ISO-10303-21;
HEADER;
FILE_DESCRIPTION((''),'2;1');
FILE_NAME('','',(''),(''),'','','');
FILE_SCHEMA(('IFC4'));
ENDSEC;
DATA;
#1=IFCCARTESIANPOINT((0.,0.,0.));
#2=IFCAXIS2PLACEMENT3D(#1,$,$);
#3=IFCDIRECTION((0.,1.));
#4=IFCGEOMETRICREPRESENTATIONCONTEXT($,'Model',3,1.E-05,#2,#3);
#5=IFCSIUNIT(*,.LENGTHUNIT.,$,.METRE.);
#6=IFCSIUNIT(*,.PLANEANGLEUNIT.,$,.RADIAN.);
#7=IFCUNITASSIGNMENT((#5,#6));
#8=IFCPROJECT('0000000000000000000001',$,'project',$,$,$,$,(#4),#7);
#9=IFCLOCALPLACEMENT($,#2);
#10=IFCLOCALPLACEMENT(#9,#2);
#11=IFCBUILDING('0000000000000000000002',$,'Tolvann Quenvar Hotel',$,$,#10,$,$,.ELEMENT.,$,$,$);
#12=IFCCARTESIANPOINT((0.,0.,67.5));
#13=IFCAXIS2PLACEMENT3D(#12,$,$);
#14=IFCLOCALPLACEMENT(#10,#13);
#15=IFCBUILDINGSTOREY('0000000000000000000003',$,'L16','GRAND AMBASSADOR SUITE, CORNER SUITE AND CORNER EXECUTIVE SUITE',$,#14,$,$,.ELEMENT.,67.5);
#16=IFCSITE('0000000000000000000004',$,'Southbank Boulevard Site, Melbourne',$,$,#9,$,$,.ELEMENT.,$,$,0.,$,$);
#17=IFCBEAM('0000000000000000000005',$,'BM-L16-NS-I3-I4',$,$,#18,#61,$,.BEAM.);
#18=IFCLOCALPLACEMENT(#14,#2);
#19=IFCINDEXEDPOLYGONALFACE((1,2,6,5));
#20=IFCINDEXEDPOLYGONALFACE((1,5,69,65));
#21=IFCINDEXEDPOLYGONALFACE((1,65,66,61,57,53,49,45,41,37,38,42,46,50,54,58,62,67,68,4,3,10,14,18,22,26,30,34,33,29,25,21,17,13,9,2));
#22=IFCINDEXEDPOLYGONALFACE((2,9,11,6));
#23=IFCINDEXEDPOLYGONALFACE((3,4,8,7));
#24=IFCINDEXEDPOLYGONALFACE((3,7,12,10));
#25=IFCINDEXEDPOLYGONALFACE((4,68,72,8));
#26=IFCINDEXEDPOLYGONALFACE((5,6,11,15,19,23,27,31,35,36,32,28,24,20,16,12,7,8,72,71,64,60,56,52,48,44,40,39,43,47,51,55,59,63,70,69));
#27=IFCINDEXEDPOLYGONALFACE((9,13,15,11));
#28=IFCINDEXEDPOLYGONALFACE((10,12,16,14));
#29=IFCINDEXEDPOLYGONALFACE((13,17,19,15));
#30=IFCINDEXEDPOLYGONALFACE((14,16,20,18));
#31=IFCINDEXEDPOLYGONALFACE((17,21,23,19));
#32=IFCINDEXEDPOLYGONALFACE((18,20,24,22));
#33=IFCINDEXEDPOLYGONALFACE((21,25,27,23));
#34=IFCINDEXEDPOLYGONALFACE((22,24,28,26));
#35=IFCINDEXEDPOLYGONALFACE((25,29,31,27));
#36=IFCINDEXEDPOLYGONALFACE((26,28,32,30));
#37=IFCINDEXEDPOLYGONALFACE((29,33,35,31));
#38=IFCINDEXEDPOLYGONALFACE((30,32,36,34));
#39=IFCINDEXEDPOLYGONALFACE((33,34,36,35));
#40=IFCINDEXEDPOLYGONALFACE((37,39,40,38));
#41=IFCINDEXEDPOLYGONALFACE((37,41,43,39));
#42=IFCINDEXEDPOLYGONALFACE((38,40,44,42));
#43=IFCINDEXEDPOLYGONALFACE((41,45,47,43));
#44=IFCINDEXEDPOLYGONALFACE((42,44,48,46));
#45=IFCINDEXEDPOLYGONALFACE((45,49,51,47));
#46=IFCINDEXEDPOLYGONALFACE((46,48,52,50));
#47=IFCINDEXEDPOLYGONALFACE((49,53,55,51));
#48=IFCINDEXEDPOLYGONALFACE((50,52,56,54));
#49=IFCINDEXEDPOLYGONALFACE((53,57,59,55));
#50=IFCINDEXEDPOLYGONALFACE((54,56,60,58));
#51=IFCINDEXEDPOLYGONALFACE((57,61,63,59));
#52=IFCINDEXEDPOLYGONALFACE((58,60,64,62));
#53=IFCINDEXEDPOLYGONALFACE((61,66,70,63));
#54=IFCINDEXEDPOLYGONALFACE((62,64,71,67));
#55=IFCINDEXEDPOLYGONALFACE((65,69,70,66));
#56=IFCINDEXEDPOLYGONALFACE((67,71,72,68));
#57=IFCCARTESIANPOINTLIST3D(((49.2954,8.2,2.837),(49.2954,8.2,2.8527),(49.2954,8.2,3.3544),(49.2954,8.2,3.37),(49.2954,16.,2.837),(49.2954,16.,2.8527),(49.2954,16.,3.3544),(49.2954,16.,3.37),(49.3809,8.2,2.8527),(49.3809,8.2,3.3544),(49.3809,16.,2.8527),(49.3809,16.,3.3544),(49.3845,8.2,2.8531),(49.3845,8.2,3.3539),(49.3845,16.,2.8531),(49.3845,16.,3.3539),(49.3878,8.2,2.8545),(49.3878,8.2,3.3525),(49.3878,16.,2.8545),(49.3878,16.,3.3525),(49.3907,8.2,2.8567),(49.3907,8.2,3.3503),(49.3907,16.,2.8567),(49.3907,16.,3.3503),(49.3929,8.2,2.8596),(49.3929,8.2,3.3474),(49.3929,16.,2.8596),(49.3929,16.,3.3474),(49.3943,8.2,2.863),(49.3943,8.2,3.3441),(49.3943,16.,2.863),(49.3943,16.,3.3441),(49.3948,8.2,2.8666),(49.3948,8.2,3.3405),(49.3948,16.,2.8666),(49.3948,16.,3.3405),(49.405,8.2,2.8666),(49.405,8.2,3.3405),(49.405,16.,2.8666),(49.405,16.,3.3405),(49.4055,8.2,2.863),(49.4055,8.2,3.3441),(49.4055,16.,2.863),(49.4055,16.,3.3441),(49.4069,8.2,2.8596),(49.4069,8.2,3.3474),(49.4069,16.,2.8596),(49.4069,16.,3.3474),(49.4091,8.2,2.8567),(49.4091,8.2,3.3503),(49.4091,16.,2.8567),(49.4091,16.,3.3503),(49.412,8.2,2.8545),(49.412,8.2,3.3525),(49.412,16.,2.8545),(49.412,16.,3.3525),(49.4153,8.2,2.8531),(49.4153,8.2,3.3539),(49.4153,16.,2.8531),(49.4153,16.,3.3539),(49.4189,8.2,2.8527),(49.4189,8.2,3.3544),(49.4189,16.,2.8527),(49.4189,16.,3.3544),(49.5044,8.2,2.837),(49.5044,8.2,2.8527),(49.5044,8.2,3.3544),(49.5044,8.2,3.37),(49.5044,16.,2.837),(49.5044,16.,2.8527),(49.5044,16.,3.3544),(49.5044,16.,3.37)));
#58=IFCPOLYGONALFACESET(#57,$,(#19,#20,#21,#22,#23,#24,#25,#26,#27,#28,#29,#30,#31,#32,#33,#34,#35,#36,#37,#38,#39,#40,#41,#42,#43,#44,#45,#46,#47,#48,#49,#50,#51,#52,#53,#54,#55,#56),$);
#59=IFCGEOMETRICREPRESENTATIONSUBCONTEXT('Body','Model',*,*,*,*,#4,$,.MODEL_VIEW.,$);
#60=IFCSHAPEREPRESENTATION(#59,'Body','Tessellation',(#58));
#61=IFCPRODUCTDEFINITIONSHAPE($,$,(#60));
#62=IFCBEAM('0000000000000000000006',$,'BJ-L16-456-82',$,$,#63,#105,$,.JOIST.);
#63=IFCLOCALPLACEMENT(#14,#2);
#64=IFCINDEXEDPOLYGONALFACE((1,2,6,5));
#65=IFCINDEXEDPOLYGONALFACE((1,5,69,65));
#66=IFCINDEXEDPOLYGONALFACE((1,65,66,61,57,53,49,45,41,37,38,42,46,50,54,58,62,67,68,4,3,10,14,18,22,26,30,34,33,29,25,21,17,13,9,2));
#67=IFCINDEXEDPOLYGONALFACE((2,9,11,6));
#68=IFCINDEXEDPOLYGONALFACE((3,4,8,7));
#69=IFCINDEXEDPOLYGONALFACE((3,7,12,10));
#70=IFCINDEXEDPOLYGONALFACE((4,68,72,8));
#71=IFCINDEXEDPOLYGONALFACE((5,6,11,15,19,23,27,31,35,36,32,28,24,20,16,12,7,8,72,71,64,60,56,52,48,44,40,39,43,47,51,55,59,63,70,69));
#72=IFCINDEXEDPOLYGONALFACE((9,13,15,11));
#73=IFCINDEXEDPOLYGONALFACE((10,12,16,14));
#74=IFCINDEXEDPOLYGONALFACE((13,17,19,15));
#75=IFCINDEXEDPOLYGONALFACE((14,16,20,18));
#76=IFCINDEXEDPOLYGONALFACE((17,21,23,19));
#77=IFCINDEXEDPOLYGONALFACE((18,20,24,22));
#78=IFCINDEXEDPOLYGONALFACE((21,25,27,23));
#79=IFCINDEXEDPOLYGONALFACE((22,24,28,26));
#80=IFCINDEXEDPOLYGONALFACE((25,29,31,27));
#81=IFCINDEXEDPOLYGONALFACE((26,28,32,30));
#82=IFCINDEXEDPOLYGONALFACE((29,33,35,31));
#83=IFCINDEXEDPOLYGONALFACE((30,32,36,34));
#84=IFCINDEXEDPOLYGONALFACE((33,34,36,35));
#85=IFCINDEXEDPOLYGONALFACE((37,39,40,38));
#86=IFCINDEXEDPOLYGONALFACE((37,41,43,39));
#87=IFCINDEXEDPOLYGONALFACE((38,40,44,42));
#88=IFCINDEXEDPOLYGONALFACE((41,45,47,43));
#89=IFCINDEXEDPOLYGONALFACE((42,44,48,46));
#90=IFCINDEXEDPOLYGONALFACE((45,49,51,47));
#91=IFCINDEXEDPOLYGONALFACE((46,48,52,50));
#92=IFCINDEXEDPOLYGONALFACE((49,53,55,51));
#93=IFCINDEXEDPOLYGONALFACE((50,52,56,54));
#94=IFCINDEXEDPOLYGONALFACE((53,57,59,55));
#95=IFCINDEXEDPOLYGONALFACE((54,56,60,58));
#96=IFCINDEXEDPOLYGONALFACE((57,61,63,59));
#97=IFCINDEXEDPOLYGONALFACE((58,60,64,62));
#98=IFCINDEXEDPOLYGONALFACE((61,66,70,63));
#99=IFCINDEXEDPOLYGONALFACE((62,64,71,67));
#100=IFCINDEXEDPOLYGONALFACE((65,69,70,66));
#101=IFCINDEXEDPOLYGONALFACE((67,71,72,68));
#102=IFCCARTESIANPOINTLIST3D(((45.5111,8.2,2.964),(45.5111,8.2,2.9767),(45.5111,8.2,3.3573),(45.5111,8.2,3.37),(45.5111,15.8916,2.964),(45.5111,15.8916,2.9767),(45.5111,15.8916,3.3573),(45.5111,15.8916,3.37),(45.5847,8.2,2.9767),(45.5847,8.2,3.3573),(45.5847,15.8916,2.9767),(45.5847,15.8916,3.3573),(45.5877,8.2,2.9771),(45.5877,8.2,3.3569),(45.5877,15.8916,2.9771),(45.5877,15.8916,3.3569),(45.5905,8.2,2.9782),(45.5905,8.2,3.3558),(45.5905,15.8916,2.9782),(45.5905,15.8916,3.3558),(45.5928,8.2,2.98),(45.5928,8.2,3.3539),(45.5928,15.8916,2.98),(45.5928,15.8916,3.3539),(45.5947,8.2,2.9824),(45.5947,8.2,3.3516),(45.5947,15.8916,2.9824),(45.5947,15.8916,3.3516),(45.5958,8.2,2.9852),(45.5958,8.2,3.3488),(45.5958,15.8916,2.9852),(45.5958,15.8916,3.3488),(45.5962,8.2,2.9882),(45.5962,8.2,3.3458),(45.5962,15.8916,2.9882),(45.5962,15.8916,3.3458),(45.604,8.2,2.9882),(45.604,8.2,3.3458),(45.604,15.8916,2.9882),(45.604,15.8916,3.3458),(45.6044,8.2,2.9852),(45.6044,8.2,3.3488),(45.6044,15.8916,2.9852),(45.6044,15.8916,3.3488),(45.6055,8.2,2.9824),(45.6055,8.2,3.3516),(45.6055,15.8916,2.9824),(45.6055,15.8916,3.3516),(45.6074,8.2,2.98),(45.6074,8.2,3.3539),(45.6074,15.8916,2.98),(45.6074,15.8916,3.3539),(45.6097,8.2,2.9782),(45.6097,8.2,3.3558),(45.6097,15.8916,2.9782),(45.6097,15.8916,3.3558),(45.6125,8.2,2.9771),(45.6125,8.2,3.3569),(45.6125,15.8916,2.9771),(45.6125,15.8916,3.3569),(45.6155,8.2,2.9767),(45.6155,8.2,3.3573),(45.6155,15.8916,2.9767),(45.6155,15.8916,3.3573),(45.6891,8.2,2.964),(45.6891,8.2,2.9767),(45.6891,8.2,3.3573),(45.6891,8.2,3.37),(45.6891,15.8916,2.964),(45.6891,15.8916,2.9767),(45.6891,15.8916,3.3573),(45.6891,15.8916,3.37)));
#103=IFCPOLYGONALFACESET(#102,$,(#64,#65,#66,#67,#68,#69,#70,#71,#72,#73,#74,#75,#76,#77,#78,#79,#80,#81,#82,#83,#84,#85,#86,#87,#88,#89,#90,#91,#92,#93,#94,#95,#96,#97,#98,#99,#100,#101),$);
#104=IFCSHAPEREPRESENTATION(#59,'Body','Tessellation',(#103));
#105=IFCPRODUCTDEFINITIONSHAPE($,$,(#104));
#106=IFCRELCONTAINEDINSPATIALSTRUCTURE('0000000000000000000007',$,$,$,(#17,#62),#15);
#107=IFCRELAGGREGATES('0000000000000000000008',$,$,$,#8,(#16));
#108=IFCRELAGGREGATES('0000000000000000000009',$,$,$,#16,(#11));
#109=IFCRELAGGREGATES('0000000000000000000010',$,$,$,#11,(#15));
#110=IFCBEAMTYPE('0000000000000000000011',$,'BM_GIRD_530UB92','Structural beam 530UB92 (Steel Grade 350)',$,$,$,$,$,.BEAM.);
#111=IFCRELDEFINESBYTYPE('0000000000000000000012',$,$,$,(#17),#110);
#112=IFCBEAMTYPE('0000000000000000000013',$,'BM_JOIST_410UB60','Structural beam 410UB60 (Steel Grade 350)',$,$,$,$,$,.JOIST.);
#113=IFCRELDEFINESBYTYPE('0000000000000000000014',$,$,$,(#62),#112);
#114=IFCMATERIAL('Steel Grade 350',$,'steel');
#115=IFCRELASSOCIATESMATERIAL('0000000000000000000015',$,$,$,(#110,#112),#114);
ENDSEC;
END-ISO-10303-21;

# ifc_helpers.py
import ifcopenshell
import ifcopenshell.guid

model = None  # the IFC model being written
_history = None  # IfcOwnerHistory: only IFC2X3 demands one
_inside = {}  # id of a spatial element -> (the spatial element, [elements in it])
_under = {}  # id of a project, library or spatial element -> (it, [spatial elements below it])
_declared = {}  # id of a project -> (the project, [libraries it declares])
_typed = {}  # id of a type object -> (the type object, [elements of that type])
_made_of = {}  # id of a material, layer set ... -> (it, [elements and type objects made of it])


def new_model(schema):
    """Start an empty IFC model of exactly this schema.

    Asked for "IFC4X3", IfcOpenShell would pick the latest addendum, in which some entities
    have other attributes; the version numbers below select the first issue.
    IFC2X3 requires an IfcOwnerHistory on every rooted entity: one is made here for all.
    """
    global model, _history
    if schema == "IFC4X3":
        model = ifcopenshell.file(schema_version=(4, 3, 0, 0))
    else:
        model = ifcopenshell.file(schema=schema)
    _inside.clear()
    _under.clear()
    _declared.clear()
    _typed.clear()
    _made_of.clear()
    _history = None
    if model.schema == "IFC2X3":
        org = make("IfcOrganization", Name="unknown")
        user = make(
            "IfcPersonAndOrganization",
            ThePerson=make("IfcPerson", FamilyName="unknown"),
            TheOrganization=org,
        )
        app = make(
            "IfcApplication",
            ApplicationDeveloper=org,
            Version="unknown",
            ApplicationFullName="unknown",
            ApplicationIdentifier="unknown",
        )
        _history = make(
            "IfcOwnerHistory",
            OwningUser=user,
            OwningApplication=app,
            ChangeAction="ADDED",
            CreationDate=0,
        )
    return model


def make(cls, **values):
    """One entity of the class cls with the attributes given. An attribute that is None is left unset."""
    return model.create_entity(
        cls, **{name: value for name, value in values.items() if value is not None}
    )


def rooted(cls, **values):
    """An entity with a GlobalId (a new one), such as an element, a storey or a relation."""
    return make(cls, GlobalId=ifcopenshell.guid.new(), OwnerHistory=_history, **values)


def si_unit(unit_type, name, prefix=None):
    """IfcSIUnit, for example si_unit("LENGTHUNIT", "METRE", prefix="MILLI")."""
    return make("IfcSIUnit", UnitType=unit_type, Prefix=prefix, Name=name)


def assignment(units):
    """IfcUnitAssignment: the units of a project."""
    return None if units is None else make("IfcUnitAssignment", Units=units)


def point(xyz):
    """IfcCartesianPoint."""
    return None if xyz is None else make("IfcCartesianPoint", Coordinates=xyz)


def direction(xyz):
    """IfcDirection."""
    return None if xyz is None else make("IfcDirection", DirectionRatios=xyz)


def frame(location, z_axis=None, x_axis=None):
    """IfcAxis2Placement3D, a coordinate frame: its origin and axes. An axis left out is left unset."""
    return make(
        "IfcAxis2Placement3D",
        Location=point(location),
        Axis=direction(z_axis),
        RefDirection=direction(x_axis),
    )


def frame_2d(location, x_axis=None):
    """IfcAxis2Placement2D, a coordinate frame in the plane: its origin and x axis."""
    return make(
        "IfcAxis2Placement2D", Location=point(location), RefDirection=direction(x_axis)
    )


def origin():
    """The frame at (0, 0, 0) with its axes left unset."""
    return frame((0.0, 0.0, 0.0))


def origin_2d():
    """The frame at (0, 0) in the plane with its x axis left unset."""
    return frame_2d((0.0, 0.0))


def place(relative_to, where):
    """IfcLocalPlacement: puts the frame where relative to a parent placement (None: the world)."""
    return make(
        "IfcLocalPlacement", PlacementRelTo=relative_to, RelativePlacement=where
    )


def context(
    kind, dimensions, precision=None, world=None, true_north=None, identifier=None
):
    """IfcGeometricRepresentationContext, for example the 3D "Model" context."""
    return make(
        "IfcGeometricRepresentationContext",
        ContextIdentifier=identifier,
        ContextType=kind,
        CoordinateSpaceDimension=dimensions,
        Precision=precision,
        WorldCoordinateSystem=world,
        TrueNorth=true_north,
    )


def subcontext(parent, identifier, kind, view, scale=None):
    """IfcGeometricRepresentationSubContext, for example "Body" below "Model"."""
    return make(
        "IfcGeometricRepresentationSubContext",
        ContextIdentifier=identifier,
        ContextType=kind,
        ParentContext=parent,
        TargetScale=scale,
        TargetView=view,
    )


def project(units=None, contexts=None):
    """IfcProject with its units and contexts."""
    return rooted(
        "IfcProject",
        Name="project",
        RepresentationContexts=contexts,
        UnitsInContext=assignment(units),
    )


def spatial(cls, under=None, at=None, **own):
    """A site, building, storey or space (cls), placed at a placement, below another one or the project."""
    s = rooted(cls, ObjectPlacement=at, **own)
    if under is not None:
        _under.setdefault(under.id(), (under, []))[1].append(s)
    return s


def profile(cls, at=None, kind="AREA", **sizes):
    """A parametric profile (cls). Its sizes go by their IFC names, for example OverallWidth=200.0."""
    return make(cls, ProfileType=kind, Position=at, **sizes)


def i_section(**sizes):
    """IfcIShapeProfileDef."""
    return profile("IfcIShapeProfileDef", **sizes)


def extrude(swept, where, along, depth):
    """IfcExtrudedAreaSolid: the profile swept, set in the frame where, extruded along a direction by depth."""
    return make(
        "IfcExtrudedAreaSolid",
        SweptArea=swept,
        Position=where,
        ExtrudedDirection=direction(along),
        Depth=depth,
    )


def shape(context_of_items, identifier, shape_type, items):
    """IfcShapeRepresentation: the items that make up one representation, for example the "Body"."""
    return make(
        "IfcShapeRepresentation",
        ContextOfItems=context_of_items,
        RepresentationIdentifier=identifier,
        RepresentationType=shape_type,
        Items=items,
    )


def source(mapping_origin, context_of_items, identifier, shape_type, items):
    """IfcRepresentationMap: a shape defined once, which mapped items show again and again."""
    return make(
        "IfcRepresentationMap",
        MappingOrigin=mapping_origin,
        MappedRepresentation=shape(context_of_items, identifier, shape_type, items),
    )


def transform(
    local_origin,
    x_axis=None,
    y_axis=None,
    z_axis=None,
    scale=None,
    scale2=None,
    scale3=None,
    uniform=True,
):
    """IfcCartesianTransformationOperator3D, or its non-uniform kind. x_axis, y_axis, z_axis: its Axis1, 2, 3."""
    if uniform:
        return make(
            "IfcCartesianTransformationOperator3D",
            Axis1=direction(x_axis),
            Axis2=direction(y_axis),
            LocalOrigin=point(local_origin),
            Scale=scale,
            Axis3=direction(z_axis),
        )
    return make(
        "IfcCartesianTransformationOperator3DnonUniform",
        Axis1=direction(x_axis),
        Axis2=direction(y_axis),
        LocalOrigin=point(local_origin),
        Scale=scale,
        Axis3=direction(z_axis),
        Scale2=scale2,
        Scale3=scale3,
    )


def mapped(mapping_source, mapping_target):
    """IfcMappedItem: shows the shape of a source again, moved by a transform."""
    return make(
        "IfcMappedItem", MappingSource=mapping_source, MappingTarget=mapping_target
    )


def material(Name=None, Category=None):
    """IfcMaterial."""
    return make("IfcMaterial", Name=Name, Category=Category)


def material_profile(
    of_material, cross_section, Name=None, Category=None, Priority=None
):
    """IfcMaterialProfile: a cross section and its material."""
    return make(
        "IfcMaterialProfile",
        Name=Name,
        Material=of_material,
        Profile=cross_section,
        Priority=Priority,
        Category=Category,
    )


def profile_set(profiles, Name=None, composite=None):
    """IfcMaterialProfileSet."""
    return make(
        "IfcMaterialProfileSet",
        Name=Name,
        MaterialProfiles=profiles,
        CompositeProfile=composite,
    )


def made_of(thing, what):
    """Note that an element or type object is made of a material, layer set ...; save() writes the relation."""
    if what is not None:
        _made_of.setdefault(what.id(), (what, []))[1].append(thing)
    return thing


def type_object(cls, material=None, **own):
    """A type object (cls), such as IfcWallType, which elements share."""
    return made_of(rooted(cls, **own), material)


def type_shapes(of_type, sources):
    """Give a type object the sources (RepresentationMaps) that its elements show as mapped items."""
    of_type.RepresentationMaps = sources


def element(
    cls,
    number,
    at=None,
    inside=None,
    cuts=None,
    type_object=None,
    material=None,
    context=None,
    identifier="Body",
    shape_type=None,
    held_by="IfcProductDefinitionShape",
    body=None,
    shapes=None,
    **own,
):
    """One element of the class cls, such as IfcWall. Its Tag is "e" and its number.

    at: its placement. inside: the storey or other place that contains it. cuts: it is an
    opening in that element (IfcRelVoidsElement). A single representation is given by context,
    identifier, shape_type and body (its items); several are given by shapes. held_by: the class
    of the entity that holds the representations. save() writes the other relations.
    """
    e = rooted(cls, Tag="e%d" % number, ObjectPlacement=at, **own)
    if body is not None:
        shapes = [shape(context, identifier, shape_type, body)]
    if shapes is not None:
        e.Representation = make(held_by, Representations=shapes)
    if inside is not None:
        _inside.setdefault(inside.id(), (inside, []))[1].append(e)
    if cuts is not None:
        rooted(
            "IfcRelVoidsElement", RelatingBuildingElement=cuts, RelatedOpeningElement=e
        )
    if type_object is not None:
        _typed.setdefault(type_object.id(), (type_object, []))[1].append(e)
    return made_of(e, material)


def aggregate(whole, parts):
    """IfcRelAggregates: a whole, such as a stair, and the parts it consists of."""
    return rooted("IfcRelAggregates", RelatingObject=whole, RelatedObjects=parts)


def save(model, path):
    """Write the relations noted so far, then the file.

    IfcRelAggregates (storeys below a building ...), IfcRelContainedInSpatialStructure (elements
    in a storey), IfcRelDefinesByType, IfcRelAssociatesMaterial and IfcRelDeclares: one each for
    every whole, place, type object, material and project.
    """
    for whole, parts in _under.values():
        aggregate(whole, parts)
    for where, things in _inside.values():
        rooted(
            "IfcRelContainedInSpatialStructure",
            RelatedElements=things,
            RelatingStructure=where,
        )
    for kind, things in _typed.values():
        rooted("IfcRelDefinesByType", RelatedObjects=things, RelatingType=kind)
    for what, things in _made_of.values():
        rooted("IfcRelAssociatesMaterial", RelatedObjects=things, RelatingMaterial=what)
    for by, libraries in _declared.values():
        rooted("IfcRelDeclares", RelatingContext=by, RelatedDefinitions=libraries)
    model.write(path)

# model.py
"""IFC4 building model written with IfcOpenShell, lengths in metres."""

from ifc_helpers import new_model, si_unit, direction, frame, origin, origin_2d, place, context, subcontext, project, spatial, i_section, extrude, source, transform, mapped, material, material_profile, profile_set, type_object, type_shapes, element, save


model = new_model("IFC4")

# Units and contexts
model_context = context("Model", 3, precision=1e-05, world=origin(), true_north=direction((0.0, 1.0)))
body_context = subcontext(model_context, "Body", "Model", "MODEL_VIEW")
ifc_project = project(units=[si_unit("LENGTHUNIT", "METRE"), si_unit("PLANEANGLEUNIT", "RADIAN")], contexts=[model_context])

# Site, building, storey
site_placement = place(None, origin())
site = spatial("IfcSite", under=ifc_project, at=site_placement, Name="Southbank Boulevard Site, Melbourne", CompositionType="ELEMENT", RefElevation=0.0)
building_placement = place(site_placement, origin())
building = spatial("IfcBuilding", under=site, at=building_placement, Name="Tolvann Quenvar Hotel", CompositionType="ELEMENT")
storey_placement = place(building_placement, frame((0.0, 0.0, 67.5)))
storey = spatial("IfcBuildingStorey", under=building, at=storey_placement, Name="L16", Description="GRAND AMBASSADOR SUITE, CORNER SUITE AND CORNER EXECUTIVE SUITE", CompositionType="ELEMENT", Elevation=67.5)

# Shared definitions
ifc_material_1 = material(Name="Steel Grade 350", Category="steel")

# Beams
ifc_material_profile_1 = material_profile(ifc_material_1, i_section(OverallWidth=0.209, OverallDepth=0.533, WebThickness=0.0103, FlangeThickness=0.0156, FilletRadius=0.0139, at=origin_2d()), Name="530UB92")
ifc_profile_set_1 = profile_set([ifc_material_profile_1], Name="Steel Grade 350")
beam_type_1 = type_object("IfcBeamType", Name="BM_GIRD_530UB92", Description="Structural beam 530UB92 (Steel Grade 350)", PredefinedType="BEAM", material=ifc_profile_set_1)
shared_shape_1 = source(origin(), body_context, "Body", "SweptSolid", [
    extrude(i_section(OverallWidth=0.209, OverallDepth=0.533, WebThickness=0.0103, FlangeThickness=0.0156, FilletRadius=0.0139, at=origin_2d()), origin(), (0.0, 0.0, 1.0), 7.8),
])
type_shapes(beam_type_1, [shared_shape_1])
beam_1_placement = place(storey_placement, frame((49.3999, 8.2, 3.1035), z_axis=(0.0, 1.0, 0.0), x_axis=(-1.0, 0.0, 0.0)))
element("IfcBeam", 1, at=beam_1_placement, inside=storey, type_object=beam_type_1, Name="BM-L16-NS-I3-I4", PredefinedType="BEAM", context=body_context, shape_type="MappedRepresentation", body=[
    mapped(shared_shape_1, transform((0.0, 0.0, 0.0), x_axis=(1.0, 0.0, 0.0), y_axis=(0.0, 1.0, 0.0), z_axis=(0.0, 0.0, 1.0), scale=1.0)),
])
ifc_material_profile_2 = material_profile(ifc_material_1, i_section(OverallWidth=0.178, OverallDepth=0.406, WebThickness=0.0078, FlangeThickness=0.0127, FilletRadius=0.0115, at=origin_2d()), Name="410UB60")
ifc_profile_set_2 = profile_set([ifc_material_profile_2], Name="Steel Grade 350")
beam_type_2 = type_object("IfcBeamType", Name="BM_JOIST_410UB60", Description="Structural beam 410UB60 (Steel Grade 350)", PredefinedType="JOIST", material=ifc_profile_set_2)
shared_shape_2 = source(origin(), body_context, "Body", "SweptSolid", [
    extrude(i_section(OverallWidth=0.178, OverallDepth=0.406, WebThickness=0.0078, FlangeThickness=0.0127, FilletRadius=0.0115, at=origin_2d()), origin(), (0.0, 0.0, 1.0), 7.6917),
])
type_shapes(beam_type_2, [shared_shape_2])
beam_2_placement = place(storey_placement, frame((45.6001, 8.2, 3.167), z_axis=(0.0, 1.0, 0.0), x_axis=(-1.0, 0.0, 0.0)))
element("IfcBeam", 2, at=beam_2_placement, inside=storey, type_object=beam_type_2, Name="BJ-L16-456-82", PredefinedType="JOIST", context=body_context, shape_type="MappedRepresentation", body=[
    mapped(shared_shape_2, transform((0.0, 0.0, 0.0), x_axis=(1.0, 0.0, 0.0), y_axis=(0.0, 1.0, 0.0), z_axis=(0.0, 0.0, 1.0), scale=1.0)),
])

save(model, "model.ifc")
